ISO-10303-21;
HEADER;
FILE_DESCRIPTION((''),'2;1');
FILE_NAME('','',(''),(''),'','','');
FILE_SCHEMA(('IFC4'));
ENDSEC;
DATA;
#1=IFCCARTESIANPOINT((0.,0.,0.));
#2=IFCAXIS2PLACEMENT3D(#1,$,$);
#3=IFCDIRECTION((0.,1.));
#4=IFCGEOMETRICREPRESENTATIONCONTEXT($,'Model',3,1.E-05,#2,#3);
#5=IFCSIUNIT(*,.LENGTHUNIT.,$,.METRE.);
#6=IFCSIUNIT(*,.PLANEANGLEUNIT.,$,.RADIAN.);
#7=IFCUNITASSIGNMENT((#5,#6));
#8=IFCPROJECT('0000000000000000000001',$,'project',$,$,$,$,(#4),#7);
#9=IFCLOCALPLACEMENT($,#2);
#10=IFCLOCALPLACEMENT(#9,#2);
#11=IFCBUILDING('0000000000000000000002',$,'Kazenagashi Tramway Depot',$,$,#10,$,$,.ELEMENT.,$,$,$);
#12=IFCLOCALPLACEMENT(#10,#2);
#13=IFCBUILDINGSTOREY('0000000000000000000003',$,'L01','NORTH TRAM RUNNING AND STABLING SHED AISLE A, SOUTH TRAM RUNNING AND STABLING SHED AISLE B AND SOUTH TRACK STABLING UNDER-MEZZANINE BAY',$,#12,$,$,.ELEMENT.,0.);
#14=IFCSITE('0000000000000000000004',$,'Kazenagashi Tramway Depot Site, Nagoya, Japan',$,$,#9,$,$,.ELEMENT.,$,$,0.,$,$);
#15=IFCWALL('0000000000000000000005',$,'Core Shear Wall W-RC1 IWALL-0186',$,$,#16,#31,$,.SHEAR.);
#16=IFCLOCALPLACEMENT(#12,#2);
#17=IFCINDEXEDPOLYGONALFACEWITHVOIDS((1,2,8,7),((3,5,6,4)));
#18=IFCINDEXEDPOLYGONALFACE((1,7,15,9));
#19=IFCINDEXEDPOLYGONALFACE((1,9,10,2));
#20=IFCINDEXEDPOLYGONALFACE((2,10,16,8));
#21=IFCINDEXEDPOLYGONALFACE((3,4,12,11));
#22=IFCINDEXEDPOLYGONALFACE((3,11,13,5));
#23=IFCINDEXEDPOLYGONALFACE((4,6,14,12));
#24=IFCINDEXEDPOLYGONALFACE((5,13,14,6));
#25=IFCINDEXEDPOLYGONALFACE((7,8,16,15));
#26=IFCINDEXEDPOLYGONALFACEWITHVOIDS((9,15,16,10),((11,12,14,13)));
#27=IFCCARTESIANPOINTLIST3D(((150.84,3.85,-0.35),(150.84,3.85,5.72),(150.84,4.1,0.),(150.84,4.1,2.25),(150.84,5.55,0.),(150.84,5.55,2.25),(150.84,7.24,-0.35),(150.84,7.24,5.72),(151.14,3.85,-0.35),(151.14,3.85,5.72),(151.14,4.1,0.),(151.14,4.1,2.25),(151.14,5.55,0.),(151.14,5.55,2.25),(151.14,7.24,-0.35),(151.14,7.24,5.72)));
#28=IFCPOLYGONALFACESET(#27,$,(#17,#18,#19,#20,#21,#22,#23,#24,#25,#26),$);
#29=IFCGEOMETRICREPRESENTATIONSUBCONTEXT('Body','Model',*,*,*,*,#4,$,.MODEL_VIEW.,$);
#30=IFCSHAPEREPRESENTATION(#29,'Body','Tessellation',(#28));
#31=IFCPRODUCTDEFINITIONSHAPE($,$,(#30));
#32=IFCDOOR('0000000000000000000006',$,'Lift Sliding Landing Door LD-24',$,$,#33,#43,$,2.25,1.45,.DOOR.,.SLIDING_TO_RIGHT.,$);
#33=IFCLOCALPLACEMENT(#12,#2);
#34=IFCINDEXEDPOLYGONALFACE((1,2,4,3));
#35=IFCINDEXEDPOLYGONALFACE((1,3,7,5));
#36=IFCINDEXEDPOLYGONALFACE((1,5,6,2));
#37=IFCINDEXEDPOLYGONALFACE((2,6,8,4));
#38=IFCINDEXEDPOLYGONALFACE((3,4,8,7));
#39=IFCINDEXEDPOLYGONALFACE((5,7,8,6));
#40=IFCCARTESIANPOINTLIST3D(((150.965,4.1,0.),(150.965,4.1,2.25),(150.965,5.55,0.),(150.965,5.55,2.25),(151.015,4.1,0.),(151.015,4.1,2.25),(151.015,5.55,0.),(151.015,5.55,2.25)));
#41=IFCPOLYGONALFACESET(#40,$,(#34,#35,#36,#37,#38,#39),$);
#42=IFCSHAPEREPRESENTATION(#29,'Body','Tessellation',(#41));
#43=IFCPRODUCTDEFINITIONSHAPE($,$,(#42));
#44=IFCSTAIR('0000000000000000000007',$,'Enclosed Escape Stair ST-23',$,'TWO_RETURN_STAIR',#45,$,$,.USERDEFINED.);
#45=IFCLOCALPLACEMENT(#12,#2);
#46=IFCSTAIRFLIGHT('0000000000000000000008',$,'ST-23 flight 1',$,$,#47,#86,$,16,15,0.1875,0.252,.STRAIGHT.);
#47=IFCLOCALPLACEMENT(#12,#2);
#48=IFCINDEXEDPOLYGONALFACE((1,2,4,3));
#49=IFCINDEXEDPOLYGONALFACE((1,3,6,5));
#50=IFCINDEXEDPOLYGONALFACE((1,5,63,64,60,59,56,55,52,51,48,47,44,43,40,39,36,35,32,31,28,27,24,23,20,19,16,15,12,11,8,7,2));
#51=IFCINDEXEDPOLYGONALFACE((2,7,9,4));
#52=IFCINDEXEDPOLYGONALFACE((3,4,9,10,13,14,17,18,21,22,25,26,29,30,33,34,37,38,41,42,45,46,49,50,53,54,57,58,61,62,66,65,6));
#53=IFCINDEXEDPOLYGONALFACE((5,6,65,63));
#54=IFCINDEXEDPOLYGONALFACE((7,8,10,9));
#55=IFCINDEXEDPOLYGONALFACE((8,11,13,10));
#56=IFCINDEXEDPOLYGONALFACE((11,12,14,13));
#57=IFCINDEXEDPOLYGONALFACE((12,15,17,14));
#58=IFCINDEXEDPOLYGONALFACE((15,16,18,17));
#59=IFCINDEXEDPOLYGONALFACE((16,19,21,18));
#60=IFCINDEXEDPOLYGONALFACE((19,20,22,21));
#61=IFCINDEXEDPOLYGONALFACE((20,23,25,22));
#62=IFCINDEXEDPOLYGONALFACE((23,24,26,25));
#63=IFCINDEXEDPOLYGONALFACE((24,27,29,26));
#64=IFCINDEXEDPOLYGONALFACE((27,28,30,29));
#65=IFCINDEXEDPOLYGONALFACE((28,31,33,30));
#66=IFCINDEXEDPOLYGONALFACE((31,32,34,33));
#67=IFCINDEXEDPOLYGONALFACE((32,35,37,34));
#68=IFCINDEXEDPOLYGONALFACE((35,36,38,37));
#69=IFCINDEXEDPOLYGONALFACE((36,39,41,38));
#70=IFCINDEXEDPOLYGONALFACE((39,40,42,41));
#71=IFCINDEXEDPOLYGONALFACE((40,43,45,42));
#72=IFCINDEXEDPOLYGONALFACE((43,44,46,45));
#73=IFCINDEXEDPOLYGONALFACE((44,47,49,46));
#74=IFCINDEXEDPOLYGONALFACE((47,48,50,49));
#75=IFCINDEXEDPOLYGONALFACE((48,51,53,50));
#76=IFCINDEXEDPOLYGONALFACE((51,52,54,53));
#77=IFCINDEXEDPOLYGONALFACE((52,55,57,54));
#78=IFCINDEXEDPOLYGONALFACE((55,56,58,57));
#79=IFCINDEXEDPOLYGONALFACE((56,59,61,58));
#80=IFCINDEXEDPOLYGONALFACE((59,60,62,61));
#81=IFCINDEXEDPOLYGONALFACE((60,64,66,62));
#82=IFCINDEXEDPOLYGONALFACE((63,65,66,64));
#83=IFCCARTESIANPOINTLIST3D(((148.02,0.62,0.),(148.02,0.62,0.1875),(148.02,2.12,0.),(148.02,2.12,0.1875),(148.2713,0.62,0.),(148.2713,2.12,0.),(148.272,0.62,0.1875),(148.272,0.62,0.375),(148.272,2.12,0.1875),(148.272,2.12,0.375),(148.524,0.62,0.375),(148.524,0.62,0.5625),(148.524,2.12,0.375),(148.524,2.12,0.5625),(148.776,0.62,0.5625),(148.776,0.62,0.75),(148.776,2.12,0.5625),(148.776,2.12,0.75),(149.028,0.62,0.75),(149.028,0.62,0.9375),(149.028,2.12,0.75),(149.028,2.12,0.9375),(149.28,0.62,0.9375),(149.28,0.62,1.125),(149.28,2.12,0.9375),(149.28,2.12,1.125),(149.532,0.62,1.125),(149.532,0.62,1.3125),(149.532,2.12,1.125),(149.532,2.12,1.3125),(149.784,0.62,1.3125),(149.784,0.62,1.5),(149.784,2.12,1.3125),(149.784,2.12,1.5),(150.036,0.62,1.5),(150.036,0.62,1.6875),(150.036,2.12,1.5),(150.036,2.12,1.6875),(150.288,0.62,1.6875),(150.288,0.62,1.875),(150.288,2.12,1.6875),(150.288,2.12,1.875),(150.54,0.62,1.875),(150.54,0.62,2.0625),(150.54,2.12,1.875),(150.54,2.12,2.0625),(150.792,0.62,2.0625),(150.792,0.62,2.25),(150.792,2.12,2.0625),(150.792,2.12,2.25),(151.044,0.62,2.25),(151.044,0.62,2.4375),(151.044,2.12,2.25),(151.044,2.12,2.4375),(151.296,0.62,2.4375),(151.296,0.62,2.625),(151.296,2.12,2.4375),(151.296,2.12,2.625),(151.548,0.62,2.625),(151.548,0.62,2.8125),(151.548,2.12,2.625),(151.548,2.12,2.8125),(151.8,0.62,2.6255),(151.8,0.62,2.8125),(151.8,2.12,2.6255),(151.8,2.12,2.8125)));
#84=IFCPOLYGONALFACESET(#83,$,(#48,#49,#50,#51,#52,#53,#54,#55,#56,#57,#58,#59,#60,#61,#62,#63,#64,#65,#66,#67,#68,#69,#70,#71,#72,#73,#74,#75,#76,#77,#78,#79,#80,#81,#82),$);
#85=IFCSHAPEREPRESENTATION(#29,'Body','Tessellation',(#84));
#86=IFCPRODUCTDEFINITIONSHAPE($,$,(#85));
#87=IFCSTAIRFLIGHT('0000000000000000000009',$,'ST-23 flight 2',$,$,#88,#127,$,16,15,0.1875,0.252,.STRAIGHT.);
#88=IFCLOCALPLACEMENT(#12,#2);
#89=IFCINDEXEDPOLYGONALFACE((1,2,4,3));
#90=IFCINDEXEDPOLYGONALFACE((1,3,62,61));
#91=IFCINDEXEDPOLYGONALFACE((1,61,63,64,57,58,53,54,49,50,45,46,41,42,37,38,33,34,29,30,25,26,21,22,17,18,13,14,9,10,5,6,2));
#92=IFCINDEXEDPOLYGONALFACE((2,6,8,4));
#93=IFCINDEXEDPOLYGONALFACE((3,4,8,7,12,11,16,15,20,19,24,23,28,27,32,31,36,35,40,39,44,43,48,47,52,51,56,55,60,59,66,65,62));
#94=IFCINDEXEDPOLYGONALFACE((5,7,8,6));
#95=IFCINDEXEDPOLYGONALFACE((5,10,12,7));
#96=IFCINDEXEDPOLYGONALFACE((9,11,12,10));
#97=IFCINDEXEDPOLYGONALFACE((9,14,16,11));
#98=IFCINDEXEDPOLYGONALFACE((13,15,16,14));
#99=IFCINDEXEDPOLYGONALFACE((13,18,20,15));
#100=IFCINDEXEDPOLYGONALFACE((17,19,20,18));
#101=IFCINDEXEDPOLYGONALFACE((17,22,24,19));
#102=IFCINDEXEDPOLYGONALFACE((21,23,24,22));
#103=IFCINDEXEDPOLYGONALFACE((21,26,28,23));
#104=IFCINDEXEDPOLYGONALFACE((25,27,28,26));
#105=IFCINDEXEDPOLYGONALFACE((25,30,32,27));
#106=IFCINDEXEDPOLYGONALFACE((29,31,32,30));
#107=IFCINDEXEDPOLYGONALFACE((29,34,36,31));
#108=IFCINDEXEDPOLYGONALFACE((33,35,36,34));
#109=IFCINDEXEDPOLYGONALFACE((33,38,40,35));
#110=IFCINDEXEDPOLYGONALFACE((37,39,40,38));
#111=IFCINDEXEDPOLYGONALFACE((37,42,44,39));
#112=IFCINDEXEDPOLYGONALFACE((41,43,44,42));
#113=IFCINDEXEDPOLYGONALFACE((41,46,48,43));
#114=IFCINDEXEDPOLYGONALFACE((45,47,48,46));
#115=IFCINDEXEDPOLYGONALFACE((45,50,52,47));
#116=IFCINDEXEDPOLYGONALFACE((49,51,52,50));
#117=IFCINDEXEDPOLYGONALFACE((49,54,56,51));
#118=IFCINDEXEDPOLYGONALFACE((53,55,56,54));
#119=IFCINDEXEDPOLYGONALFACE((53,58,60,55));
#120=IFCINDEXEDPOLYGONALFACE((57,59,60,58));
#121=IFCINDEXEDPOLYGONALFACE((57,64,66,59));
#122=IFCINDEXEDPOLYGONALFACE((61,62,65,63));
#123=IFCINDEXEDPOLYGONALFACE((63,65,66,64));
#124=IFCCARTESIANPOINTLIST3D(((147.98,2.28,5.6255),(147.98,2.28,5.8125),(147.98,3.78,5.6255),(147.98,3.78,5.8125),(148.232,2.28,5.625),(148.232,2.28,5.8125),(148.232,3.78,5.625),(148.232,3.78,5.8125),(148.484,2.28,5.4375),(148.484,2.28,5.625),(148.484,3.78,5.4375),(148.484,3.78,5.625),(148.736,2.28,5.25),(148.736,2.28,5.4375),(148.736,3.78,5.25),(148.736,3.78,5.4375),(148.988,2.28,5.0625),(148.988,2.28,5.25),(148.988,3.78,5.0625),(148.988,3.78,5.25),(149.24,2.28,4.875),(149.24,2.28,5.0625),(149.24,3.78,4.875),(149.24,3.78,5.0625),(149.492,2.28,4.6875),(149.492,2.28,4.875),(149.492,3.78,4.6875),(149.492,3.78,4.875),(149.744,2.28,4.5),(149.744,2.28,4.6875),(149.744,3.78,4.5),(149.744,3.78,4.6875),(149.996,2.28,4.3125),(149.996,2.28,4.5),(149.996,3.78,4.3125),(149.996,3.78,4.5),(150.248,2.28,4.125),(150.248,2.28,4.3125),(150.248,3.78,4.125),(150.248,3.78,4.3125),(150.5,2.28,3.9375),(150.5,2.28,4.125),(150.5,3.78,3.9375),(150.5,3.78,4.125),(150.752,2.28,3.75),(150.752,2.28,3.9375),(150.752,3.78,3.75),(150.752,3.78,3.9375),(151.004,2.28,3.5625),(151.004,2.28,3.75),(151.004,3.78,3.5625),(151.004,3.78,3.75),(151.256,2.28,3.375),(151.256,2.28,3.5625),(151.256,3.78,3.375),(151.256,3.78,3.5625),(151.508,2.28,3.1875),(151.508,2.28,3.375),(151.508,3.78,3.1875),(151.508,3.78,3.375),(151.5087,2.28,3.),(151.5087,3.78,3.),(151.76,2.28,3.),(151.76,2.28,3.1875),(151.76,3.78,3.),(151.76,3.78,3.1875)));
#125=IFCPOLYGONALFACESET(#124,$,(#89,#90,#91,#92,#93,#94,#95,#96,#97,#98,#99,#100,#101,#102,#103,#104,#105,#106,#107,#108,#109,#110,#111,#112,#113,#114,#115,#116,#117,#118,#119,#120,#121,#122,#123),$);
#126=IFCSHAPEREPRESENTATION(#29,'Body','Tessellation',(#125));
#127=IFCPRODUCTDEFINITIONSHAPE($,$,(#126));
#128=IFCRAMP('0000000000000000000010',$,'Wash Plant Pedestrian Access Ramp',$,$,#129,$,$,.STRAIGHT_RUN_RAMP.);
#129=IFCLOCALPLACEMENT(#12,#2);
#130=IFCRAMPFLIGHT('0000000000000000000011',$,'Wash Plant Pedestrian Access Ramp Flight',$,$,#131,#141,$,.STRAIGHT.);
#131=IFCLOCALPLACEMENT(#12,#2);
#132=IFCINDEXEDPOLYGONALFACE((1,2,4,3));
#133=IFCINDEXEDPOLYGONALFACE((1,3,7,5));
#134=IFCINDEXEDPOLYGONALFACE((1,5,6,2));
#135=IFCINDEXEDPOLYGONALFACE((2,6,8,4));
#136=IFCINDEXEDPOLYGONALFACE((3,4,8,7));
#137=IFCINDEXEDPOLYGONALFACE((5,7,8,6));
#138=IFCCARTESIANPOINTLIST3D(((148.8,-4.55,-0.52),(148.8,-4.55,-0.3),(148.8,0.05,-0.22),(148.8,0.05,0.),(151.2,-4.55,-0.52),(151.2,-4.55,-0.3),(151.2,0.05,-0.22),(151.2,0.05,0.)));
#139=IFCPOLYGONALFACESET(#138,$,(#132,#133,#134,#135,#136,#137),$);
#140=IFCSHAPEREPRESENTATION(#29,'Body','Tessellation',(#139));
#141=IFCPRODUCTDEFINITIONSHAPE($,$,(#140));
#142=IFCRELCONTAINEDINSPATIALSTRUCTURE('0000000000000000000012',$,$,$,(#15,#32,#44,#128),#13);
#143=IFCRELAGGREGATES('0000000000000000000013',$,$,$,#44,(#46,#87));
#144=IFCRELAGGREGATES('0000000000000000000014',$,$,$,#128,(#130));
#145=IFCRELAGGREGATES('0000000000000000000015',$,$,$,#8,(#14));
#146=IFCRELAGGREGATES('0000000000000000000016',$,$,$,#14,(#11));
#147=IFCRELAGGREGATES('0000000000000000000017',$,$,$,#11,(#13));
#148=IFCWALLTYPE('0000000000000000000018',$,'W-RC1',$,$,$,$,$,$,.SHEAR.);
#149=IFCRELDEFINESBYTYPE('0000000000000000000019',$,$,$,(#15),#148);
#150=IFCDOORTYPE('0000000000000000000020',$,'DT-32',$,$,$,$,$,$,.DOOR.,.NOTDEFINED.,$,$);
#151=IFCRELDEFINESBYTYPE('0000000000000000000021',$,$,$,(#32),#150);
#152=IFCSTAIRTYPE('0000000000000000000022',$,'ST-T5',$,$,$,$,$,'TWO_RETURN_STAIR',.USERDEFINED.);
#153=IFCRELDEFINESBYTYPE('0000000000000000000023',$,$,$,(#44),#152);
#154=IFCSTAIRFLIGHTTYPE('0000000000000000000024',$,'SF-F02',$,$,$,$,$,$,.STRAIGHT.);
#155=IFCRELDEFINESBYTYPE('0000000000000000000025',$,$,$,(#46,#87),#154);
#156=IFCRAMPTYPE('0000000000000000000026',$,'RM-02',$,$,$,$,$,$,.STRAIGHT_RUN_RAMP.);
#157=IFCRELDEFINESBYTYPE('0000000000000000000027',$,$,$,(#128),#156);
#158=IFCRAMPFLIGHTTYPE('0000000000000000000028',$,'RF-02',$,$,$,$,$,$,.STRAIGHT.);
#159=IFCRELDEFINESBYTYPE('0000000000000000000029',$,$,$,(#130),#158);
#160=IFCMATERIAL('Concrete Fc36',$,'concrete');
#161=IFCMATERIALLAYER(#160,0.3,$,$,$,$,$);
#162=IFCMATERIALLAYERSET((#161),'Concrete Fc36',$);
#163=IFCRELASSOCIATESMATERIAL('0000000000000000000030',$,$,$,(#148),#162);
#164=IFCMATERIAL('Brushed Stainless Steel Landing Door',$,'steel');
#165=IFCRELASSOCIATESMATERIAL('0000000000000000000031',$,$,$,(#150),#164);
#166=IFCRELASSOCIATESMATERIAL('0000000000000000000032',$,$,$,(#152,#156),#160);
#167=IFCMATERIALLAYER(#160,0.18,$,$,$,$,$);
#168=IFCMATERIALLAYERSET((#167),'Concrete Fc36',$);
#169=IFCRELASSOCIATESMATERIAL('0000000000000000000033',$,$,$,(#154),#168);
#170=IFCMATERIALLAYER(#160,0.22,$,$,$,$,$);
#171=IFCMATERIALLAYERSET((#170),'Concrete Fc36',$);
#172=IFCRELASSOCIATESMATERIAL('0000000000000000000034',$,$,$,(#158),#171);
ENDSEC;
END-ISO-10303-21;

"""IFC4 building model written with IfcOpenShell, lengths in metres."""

from ifc_helpers import new_model, si_unit, direction, frame, frame_2d, origin, place, context, subcontext, project, spatial, polyline, rectangle, outline, extrude, material, layer, layer_set, type_object, element, fill, aggregate, save


model = new_model("IFC4")

# Units and contexts
model_context = context("Model", 3, precision=1e-05, world=origin(), true_north=direction((0.0, 1.0)))
body_context = subcontext(model_context, "Body", "Model", "MODEL_VIEW")
ifc_project = project(units=[si_unit("LENGTHUNIT", "METRE"), si_unit("PLANEANGLEUNIT", "RADIAN")], contexts=[model_context])

# Site, building, storey
site_placement = place(None, origin())
site = spatial("IfcSite", under=ifc_project, at=site_placement, Name="Kazenagashi Tramway Depot Site, Nagoya, Japan", CompositionType="ELEMENT", RefElevation=0.0)
building_placement = place(site_placement, origin())
building = spatial("IfcBuilding", under=site, at=building_placement, Name="Kazenagashi Tramway Depot", CompositionType="ELEMENT")
storey_placement = place(building_placement, origin())
storey = spatial("IfcBuildingStorey", under=building, at=storey_placement, Name="L01", Description="NORTH TRAM RUNNING AND STABLING SHED AISLE A, SOUTH TRAM RUNNING AND STABLING SHED AISLE B AND SOUTH TRACK STABLING UNDER-MEZZANINE BAY", CompositionType="ELEMENT", Elevation=0.0)

# Shared definitions
ifc_material_1 = material(Name="Concrete Fc36", Category="concrete")
ifc_layer_1 = layer(ifc_material_1, 0.3)
ifc_layer_set_1 = layer_set([ifc_layer_1], Name="Concrete Fc36")
wall_type_1 = type_object("IfcWallType", Name="W-RC1", PredefinedType="SHEAR", material=ifc_layer_set_1)

# Wall, opening, door
wall_1_placement = place(storey_placement, frame((150.99, 3.85, -0.35), z_axis=(0.0, 0.0, 1.0), x_axis=(0.0, 1.0, 0.0)))
wall_1 = element("IfcWall", 1, at=wall_1_placement, inside=storey, type_object=wall_type_1, Name="Core Shear Wall W-RC1 IWALL-0186", PredefinedType="SHEAR", context=body_context, shape_type="SweptSolid", body=[
    extrude(rectangle(XDim=3.39, YDim=0.3, at=frame_2d((1.695, 0.0))), origin(), (0.0, 0.0, 1.0), 6.07),
])
opening_1_placement = place(wall_1_placement, frame((0.25, 0.0, 0.35)))
opening_1 = element("IfcOpeningElement", 2, at=opening_1_placement, cuts=wall_1, PredefinedType="OPENING", context=body_context, shape_type="SweptSolid", body=[
    extrude(rectangle(XDim=1.45, YDim=2.25, at=frame_2d((0.725, 1.125))), frame((0.0, 0.16, 0.0), z_axis=(0.0, -1.0, 0.0), x_axis=(1.0, 0.0, 0.0)), (0.0, 0.0, 1.0), 0.32),
])
ifc_material_2 = material(Name="Brushed Stainless Steel Landing Door", Category="steel")
door_type_1 = type_object("IfcDoorType", Name="DT-32", OperationType="NOTDEFINED", PredefinedType="DOOR", material=ifc_material_2)
door_1_placement = place(opening_1_placement, origin())
door_1 = element("IfcDoor", 3, at=door_1_placement, inside=storey, type_object=door_type_1, Name="Lift Sliding Landing Door LD-24", OperationType="SLIDING_TO_RIGHT", OverallHeight=2.25, OverallWidth=1.45, PredefinedType="DOOR", context=body_context, shape_type="SweptSolid", body=[
    extrude(rectangle(XDim=1.45, YDim=2.25, at=frame_2d((0.725, 1.125))), frame((0.0, 0.025, 0.0), z_axis=(0.0, -1.0, 0.0), x_axis=(1.0, 0.0, 0.0)), (0.0, 0.0, 1.0), 0.05),
])
fill(opening_1, door_1)

# Stair, stair flights
stair_type = type_object("IfcStairType", Name="ST-T5", ElementType="TWO_RETURN_STAIR", PredefinedType="USERDEFINED", material=ifc_material_1)
stair_placement = place(storey_placement, origin())
stair = element("IfcStair", 4, at=stair_placement, inside=storey, type_object=stair_type, Name="Enclosed Escape Stair ST-23", ObjectType="TWO_RETURN_STAIR", PredefinedType="USERDEFINED")
ifc_layer_2 = layer(ifc_material_1, 0.18)
ifc_layer_set_2 = layer_set([ifc_layer_2], Name="Concrete Fc36")
stair_flight_type = type_object("IfcStairFlightType", Name="SF-F02", PredefinedType="STRAIGHT", material=ifc_layer_set_2)
stair_flight_1_placement = place(storey_placement, frame((148.02, 1.37, 0.0), z_axis=(0.0, 0.0, 1.0), x_axis=(1.0, 0.0, 0.0)))
stair_flight_1 = element("IfcStairFlight", 5, at=stair_flight_1_placement, type_object=stair_flight_type, Name="ST-23 flight 1", NumberOfRisers=16, NumberOfTreads=15, PredefinedType="STRAIGHT", RiserHeight=0.1875, TreadLength=0.252, context=body_context, shape_type="SweptSolid", body=[
    extrude(outline(polyline([(0.0, 0.0), (0.0, 0.1875), (0.252, 0.1875), (0.252, 0.375), (0.504, 0.375), (0.504, 0.5625), (0.756, 0.5625), (0.756, 0.75), (1.008, 0.75), (1.008, 0.9375), (1.26, 0.9375), (1.26, 1.125), (1.512, 1.125), (1.512, 1.3125), (1.764, 1.3125), (1.764, 1.5), (2.016, 1.5), (2.016, 1.6875), (2.268, 1.6875), (2.268, 1.875), (2.52, 1.875), (2.52, 2.0625), (2.772, 2.0625), (2.772, 2.25), (3.024, 2.25), (3.024, 2.4375), (3.276, 2.4375), (3.276, 2.625), (3.528, 2.625), (3.528, 2.8125), (3.78, 2.8125), (3.78, 3.0), (3.78, 2.6255), (0.2513, 0.0), (0.0, 0.0)])), frame((0.0, 0.75, 0.0), z_axis=(0.0, -1.0, 0.0), x_axis=(1.0, 0.0, 0.0)), (0.0, 0.0, 1.0), 1.5),
])
stair_flight_2_placement = place(storey_placement, frame((151.76, 3.03, 3.0), z_axis=(0.0, 0.0, 1.0), x_axis=(-1.0, 0.0, 0.0)))
stair_flight_2 = element("IfcStairFlight", 6, at=stair_flight_2_placement, type_object=stair_flight_type, Name="ST-23 flight 2", NumberOfRisers=16, NumberOfTreads=15, PredefinedType="STRAIGHT", RiserHeight=0.1875, TreadLength=0.252, context=body_context, shape_type="SweptSolid", body=[
    extrude(outline(polyline([(0.0, 0.0), (0.0, 0.1875), (0.252, 0.1875), (0.252, 0.375), (0.504, 0.375), (0.504, 0.5625), (0.756, 0.5625), (0.756, 0.75), (1.008, 0.75), (1.008, 0.9375), (1.26, 0.9375), (1.26, 1.125), (1.512, 1.125), (1.512, 1.3125), (1.764, 1.3125), (1.764, 1.5), (2.016, 1.5), (2.016, 1.6875), (2.268, 1.6875), (2.268, 1.875), (2.52, 1.875), (2.52, 2.0625), (2.772, 2.0625), (2.772, 2.25), (3.024, 2.25), (3.024, 2.4375), (3.276, 2.4375), (3.276, 2.625), (3.528, 2.625), (3.528, 2.8125), (3.78, 2.8125), (3.78, 3.0), (3.78, 2.6255), (0.2513, 0.0), (0.0, 0.0)])), frame((0.0, 0.75, 0.0), z_axis=(0.0, -1.0, 0.0), x_axis=(1.0, 0.0, 0.0)), (0.0, 0.0, 1.0), 1.5),
])
aggregate(stair, [stair_flight_1, stair_flight_2])

# Ramp, ramp flight
ramp_type = type_object("IfcRampType", Name="RM-02", PredefinedType="STRAIGHT_RUN_RAMP", material=ifc_material_1)
ramp_placement = place(storey_placement, origin())
ramp = element("IfcRamp", 7, at=ramp_placement, inside=storey, type_object=ramp_type, Name="Wash Plant Pedestrian Access Ramp", PredefinedType="STRAIGHT_RUN_RAMP")
ifc_layer_3 = layer(ifc_material_1, 0.22)
ifc_layer_set_3 = layer_set([ifc_layer_3], Name="Concrete Fc36")
ramp_flight_type = type_object("IfcRampFlightType", Name="RF-02", PredefinedType="STRAIGHT", material=ifc_layer_set_3)
ramp_flight_placement = place(storey_placement, frame((150.0, -4.55, -0.3), z_axis=(0.0, 0.0, 1.0), x_axis=(0.0, 1.0, 0.0)))
ramp_flight = element("IfcRampFlight", 8, at=ramp_flight_placement, type_object=ramp_flight_type, Name="Wash Plant Pedestrian Access Ramp Flight", PredefinedType="STRAIGHT", context=body_context, shape_type="SweptSolid", body=[
    extrude(outline(polyline([(0.0, 0.0), (4.6, 0.3), (4.6, 0.08), (0.0, -0.22), (0.0, 0.0)])), frame((0.0, 1.2, 0.0), z_axis=(0.0, -1.0, 0.0), x_axis=(1.0, 0.0, 0.0)), (0.0, 0.0, 1.0), 2.4),
])
aggregate(ramp, [ramp_flight])

save(model, "model.ifc")
